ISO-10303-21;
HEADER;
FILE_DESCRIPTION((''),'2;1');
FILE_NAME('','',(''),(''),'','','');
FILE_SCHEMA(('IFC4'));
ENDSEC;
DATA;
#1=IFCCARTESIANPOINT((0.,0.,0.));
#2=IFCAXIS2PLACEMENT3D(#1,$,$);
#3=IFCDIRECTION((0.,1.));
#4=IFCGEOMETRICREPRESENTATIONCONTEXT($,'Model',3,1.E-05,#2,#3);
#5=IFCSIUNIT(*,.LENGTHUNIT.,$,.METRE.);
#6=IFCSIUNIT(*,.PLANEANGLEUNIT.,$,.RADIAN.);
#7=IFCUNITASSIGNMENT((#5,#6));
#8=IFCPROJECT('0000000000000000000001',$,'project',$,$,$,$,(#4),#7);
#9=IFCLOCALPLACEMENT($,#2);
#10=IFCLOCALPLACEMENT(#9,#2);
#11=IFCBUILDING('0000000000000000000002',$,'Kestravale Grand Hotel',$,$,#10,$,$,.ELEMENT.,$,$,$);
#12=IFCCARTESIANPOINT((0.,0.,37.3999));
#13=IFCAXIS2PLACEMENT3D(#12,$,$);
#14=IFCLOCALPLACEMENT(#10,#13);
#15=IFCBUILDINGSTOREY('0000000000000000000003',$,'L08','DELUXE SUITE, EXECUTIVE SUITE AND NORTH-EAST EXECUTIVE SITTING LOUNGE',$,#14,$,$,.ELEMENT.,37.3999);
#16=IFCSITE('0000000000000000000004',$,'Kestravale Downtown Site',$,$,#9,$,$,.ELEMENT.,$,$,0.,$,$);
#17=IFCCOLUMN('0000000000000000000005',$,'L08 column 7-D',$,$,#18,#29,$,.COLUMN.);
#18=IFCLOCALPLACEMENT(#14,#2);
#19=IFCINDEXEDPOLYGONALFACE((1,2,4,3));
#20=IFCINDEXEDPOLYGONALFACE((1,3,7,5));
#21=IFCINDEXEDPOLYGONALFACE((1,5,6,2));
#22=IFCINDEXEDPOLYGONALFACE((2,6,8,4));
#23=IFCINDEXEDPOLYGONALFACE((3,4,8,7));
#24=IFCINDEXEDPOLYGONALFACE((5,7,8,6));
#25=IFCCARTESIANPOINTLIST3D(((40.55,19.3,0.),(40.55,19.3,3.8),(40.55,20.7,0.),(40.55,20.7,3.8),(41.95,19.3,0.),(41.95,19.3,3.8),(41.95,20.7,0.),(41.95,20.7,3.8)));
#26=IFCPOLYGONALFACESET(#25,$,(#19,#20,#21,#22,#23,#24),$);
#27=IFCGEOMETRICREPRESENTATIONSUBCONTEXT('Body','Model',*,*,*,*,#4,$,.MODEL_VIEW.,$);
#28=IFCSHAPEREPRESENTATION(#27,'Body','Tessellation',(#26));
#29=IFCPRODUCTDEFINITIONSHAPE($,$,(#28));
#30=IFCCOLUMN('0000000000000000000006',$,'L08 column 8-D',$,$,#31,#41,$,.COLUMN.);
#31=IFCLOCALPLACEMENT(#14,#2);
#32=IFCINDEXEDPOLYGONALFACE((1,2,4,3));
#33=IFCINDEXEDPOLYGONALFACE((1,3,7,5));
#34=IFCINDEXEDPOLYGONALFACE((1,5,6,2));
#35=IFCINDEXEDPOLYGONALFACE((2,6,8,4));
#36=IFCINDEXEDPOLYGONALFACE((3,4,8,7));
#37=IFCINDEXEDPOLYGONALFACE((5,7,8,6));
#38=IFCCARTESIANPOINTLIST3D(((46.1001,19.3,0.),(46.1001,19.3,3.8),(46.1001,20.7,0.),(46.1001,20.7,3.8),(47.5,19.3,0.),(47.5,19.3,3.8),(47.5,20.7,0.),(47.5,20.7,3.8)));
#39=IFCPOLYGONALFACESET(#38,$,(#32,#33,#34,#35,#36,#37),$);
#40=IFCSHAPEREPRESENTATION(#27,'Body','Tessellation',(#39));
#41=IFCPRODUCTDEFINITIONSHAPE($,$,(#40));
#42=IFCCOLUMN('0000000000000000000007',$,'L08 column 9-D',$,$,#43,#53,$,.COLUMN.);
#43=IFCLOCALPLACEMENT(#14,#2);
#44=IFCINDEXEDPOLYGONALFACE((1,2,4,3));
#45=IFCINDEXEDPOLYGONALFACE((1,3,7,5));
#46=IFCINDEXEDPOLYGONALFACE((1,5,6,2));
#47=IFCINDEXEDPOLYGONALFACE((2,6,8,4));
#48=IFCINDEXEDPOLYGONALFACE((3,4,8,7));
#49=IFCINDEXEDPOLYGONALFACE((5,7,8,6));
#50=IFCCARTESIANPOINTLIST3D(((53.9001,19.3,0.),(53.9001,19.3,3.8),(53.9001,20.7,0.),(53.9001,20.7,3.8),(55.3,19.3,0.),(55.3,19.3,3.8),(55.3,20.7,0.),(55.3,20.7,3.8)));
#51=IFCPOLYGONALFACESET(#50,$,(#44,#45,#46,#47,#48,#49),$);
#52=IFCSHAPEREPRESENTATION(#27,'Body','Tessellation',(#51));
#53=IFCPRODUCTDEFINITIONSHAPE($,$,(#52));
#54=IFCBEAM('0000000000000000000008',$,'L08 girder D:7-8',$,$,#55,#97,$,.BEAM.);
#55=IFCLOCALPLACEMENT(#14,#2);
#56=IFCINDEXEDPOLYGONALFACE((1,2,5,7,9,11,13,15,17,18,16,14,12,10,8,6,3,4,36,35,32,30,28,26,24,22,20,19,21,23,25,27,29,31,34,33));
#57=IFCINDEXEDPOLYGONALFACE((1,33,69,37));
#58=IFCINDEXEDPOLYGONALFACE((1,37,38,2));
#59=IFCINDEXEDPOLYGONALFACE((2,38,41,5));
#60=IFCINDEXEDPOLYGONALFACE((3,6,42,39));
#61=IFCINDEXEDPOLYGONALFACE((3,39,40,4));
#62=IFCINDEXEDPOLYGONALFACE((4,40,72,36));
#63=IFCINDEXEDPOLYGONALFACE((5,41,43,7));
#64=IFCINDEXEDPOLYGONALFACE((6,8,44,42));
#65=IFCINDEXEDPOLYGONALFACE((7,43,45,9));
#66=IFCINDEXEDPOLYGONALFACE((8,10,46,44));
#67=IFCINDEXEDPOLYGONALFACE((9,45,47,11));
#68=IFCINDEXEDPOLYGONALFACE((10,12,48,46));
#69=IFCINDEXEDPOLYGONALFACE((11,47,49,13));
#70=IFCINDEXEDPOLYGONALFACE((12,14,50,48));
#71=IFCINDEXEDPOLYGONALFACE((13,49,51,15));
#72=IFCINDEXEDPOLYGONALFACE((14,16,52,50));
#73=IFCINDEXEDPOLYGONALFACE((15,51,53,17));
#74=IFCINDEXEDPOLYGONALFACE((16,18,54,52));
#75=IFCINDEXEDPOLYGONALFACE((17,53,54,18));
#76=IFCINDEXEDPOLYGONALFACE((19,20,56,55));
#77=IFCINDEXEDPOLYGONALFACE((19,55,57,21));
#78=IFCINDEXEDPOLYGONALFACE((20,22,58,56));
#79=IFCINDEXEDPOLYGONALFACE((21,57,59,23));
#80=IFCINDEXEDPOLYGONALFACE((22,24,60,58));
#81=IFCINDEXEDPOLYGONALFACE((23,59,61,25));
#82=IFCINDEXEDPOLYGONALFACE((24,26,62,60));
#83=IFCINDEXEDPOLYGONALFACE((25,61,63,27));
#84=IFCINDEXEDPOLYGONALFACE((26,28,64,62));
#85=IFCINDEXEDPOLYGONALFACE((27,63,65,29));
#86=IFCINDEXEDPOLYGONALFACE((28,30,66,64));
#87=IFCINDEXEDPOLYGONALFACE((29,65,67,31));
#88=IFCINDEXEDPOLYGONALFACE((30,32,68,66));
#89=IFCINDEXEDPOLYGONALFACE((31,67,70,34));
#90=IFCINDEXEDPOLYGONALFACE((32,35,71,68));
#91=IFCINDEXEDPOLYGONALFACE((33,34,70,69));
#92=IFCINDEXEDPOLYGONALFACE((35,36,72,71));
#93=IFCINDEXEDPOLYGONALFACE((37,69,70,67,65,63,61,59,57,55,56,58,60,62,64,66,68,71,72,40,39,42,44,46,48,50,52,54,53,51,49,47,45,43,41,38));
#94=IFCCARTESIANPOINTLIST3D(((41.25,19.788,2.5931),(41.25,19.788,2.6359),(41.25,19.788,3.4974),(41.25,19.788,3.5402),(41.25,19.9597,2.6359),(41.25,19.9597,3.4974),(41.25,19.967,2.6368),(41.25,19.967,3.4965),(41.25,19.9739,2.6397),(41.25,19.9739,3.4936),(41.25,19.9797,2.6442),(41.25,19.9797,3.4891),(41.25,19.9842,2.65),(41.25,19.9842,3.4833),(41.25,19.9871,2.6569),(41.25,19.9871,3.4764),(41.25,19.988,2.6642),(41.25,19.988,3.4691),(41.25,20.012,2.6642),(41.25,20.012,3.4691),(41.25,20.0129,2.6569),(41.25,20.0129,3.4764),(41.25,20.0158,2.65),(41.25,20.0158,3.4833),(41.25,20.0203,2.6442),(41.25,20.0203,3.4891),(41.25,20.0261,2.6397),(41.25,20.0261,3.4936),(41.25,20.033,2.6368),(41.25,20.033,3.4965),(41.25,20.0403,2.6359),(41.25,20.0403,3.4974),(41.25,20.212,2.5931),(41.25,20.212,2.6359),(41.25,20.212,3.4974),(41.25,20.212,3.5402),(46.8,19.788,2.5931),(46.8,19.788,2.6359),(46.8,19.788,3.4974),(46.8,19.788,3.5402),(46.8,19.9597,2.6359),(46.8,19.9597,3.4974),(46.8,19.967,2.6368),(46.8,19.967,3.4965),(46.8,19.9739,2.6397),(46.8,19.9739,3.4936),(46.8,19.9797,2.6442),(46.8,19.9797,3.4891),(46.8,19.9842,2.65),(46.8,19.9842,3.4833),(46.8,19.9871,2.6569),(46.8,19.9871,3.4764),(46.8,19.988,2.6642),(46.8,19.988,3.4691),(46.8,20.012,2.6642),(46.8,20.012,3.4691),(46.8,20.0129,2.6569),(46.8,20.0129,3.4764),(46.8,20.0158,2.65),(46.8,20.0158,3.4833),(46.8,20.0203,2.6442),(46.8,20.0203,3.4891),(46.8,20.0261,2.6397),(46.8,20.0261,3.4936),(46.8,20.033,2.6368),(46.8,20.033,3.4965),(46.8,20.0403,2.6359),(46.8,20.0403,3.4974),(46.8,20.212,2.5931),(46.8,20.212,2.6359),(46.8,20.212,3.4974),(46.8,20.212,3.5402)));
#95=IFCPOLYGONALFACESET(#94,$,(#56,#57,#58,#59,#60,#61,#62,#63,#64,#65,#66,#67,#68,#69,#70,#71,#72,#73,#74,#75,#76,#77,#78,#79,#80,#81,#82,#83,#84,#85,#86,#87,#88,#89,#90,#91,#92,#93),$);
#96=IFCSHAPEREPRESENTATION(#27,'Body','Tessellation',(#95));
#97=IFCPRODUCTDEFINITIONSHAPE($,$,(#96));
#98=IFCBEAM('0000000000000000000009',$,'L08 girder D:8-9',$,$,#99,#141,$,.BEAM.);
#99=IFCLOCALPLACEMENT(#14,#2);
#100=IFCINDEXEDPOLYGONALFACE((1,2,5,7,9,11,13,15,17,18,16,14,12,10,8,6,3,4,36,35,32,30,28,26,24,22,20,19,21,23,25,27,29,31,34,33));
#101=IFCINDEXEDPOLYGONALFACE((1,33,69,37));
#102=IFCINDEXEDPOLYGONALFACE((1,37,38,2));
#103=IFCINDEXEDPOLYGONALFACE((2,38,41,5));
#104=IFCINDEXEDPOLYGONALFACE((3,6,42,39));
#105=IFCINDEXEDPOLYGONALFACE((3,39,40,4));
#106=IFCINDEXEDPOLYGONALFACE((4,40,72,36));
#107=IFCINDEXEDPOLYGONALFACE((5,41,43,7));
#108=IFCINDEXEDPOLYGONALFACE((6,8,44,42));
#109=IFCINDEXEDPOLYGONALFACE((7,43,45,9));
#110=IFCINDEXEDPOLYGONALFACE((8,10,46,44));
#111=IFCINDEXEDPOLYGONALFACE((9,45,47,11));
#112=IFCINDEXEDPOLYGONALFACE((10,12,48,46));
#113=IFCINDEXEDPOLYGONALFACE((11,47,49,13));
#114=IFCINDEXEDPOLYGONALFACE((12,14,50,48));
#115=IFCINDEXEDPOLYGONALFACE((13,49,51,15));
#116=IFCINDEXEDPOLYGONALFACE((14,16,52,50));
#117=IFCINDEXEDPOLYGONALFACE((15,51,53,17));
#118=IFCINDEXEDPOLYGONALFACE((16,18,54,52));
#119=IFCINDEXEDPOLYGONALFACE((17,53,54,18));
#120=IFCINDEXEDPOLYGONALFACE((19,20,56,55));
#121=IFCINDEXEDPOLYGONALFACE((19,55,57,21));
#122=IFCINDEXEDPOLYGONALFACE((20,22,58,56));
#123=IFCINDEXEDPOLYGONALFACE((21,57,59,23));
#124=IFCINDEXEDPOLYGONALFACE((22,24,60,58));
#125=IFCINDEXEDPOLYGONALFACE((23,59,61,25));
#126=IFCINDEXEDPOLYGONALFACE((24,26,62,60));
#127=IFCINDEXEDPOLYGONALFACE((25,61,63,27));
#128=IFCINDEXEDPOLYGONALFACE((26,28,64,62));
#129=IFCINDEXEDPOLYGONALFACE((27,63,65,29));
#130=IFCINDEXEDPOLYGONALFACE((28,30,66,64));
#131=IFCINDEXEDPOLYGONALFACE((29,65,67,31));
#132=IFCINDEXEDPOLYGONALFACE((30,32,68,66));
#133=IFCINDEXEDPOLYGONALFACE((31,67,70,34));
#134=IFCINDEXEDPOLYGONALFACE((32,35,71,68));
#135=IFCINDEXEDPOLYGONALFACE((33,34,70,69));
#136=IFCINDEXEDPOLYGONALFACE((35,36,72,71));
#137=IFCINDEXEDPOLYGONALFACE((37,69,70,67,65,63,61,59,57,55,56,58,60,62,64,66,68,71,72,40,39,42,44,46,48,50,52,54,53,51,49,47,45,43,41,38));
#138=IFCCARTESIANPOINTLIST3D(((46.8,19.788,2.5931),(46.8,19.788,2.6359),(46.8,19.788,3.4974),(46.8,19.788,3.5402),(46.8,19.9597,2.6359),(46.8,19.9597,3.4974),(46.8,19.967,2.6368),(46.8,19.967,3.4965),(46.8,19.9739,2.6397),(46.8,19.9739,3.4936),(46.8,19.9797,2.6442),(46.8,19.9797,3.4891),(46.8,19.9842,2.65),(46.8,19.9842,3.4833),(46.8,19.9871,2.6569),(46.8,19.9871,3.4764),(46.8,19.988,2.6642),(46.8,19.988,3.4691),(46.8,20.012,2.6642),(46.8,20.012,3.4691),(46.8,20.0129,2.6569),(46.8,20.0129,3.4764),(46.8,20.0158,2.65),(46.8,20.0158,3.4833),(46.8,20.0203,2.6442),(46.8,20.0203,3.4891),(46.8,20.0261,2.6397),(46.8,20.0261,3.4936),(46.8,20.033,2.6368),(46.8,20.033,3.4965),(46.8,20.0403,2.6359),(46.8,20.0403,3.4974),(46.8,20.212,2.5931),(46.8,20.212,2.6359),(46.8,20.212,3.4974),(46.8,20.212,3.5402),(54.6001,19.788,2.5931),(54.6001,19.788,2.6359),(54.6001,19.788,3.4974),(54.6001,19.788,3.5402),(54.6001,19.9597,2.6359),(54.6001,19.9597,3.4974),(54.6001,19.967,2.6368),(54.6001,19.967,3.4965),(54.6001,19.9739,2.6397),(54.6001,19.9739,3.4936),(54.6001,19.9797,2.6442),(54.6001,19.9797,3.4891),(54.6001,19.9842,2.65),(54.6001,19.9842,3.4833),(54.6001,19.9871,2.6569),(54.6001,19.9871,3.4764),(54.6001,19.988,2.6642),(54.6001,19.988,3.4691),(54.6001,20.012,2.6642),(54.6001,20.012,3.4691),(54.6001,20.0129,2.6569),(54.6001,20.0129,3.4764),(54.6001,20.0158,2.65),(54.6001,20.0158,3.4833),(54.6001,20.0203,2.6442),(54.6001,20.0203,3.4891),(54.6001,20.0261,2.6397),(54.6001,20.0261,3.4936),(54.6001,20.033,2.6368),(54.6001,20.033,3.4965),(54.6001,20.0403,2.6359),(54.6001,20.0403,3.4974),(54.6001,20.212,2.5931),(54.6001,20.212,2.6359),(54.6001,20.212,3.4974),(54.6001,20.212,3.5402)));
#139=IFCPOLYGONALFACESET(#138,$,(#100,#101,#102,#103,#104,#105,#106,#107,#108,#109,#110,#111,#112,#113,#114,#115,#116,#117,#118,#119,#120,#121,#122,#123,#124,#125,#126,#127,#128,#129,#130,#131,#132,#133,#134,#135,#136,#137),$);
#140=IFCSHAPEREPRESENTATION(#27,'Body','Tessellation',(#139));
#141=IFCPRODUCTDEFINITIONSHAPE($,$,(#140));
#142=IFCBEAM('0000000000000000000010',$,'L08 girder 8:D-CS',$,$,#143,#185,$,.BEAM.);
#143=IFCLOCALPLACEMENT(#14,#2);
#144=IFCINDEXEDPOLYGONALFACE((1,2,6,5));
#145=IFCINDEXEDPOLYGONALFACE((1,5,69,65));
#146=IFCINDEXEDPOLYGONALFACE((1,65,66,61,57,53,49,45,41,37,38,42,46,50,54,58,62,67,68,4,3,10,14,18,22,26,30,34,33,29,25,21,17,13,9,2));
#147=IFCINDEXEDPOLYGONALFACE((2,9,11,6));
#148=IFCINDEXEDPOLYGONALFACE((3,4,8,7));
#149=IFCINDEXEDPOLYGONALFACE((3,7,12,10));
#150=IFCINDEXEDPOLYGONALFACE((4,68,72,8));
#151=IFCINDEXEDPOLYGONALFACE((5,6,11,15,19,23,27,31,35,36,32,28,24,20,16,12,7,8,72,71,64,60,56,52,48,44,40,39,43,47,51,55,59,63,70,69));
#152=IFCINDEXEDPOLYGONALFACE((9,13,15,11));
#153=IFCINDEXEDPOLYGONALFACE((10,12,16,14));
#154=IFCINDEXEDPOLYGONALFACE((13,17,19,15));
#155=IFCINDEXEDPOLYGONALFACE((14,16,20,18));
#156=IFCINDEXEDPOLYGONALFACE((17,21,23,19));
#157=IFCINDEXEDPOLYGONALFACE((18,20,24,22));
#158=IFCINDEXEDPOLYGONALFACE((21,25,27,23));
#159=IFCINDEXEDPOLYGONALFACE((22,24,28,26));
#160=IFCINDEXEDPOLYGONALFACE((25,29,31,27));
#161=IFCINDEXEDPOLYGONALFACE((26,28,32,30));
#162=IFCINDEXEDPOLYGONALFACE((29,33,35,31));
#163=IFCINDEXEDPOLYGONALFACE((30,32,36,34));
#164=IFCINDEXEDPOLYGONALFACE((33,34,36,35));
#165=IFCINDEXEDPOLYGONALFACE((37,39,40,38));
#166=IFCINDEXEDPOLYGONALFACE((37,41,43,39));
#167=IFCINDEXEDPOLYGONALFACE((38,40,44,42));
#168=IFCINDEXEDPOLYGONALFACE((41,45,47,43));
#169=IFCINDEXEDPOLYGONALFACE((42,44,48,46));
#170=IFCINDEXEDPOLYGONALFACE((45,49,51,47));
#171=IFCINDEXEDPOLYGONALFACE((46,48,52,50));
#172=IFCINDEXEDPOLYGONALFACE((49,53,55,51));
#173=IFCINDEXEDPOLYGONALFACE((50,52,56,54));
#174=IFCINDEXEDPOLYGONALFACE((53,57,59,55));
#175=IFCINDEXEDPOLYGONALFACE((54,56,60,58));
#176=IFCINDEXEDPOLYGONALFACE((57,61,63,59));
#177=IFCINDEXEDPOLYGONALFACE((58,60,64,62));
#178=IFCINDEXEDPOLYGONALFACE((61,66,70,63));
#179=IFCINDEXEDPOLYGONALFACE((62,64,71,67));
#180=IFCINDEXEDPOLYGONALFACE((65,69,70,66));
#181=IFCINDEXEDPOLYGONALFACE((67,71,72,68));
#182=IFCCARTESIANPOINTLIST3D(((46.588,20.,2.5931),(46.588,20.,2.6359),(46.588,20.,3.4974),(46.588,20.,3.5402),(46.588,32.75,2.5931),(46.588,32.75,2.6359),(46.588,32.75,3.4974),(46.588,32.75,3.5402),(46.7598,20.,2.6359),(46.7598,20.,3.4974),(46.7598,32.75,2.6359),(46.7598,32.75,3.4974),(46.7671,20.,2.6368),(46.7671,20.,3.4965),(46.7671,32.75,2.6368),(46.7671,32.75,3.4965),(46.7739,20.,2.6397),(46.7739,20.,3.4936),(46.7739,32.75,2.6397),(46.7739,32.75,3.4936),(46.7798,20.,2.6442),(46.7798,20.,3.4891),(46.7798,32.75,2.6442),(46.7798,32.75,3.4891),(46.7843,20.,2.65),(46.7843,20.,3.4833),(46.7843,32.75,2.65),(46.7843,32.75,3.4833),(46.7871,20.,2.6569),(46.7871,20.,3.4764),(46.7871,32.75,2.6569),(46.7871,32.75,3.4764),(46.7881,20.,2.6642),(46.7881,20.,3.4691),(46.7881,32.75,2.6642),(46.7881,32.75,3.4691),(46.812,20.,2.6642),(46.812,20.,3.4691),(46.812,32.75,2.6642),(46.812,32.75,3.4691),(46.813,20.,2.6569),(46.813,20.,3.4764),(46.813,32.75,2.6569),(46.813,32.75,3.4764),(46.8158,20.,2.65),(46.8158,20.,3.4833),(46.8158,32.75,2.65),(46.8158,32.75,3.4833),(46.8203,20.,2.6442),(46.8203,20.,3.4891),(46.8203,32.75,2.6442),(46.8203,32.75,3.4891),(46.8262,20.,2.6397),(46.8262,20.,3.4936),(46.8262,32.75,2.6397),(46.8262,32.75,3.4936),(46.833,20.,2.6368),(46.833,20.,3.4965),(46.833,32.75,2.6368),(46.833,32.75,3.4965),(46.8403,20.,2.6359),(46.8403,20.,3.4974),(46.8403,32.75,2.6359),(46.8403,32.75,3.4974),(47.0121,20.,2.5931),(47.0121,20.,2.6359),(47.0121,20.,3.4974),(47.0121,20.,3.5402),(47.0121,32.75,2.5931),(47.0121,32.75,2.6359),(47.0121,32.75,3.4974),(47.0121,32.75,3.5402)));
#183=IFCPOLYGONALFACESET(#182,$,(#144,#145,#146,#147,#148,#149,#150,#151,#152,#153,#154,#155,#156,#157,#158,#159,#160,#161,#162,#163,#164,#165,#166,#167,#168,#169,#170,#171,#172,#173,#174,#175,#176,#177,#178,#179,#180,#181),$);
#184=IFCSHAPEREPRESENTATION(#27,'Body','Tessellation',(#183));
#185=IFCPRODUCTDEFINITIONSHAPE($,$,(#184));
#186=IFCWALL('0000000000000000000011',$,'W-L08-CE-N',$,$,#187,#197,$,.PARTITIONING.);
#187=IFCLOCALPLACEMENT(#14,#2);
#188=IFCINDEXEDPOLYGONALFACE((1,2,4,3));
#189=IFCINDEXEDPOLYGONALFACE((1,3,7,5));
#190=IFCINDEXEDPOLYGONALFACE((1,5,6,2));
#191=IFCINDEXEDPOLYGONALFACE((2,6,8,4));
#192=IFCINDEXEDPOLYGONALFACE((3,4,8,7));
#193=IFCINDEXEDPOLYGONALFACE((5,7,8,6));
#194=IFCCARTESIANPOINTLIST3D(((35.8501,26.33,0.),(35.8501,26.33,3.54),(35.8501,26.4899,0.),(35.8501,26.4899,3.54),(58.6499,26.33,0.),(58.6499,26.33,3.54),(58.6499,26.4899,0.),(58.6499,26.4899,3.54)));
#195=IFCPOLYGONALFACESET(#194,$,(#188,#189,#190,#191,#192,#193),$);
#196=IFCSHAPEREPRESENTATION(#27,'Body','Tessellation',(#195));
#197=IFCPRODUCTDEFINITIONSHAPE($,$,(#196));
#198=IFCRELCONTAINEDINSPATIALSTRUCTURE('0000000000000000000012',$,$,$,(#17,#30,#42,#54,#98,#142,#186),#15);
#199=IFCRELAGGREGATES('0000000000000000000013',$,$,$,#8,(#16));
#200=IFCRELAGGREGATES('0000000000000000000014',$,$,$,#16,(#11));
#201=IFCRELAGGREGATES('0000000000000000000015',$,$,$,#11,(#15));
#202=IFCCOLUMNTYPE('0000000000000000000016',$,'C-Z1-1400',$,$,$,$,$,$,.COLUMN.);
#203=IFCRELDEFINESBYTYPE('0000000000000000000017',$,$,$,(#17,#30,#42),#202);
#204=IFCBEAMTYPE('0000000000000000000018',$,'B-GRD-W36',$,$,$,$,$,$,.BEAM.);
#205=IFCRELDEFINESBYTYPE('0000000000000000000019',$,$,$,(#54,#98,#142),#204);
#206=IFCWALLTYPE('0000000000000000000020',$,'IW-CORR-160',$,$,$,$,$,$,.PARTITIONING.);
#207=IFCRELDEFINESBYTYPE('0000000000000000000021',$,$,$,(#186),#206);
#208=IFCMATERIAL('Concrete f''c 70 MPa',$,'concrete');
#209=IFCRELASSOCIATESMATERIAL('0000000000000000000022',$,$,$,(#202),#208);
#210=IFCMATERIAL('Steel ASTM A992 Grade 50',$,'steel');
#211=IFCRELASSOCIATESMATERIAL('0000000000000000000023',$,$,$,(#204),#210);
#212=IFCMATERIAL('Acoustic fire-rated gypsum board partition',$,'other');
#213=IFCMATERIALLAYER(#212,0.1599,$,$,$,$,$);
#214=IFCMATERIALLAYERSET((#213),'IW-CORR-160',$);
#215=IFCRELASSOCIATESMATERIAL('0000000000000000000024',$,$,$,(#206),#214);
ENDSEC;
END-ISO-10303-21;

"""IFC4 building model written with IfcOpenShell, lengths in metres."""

from ifc_helpers import new_model, si_unit, direction, frame, frame_2d, origin, origin_2d, place, context, subcontext, project, spatial, rectangle, i_section, extrude, material, layer, layer_set, material_profile, profile_set, type_object, element, save


model = new_model("IFC4")

# Units and contexts
model_context = context("Model", 3, precision=1e-05, world=origin(), true_north=direction((0.0, 1.0)))
body_context = subcontext(model_context, "Body", "Model", "MODEL_VIEW")
ifc_project = project(units=[si_unit("LENGTHUNIT", "METRE"), si_unit("PLANEANGLEUNIT", "RADIAN")], contexts=[model_context])

# Site, building, storey
site_placement = place(None, origin())
site = spatial("IfcSite", under=ifc_project, at=site_placement, Name="Kestravale Downtown Site", CompositionType="ELEMENT", RefElevation=0.0)
building_placement = place(site_placement, origin())
building = spatial("IfcBuilding", under=site, at=building_placement, Name="Kestravale Grand Hotel", CompositionType="ELEMENT")
storey_placement = place(building_placement, frame((0.0, 0.0, 37.3999)))
storey = spatial("IfcBuildingStorey", under=building, at=storey_placement, Name="L08", Description="DELUXE SUITE, EXECUTIVE SUITE AND NORTH-EAST EXECUTIVE SITTING LOUNGE", CompositionType="ELEMENT", Elevation=37.3999)

# Columns
ifc_material_1 = material(Name="Concrete f'c 70 MPa", Category="concrete")
ifc_material_profile_1 = material_profile(ifc_material_1, rectangle(XDim=1.3999, YDim=1.3999, at=origin_2d()))
ifc_profile_set_1 = profile_set([ifc_material_profile_1], Name="Concrete f'c 70 MPa")
column_type = type_object("IfcColumnType", Name="C-Z1-1400", PredefinedType="COLUMN", material=ifc_profile_set_1)
for number, where, z_axis, x_axis, name in (
    (1, (41.25, 20.0, 0.0), (0.0, 0.0, 1.0), (1.0, 0.0, 0.0), "L08 column 7-D"),
    (2, (46.8, 20.0, 0.0), (0.0, 0.0, 1.0), (1.0, 0.0, 0.0), "L08 column 8-D"),
    (3, (54.6001, 20.0, 0.0), (0.0, 0.0, 1.0), (1.0, 0.0, 0.0), "L08 column 9-D"),
):
    element("IfcColumn", number, at=place(storey_placement, frame(where, z_axis=z_axis, x_axis=x_axis)), inside=storey, type_object=column_type, Name=name, PredefinedType="COLUMN", context=body_context, shape_type="SweptSolid", body=[
        extrude(rectangle(XDim=1.3999, YDim=1.3999, at=origin_2d()), origin(), (0.0, 0.0, 1.0), 3.8),
    ])

# Beams
ifc_material_2 = material(Name="Steel ASTM A992 Grade 50", Category="steel")
ifc_material_profile_2 = material_profile(ifc_material_2, i_section(OverallWidth=0.4241, OverallDepth=0.947, WebThickness=0.0239, FlangeThickness=0.0427, FilletRadius=0.0283, at=origin_2d()))
ifc_profile_set_2 = profile_set([ifc_material_profile_2], Name="Steel ASTM A992 Grade 50")
beam_type = type_object("IfcBeamType", Name="B-GRD-W36", PredefinedType="BEAM", material=ifc_profile_set_2)
beam_1_placement = place(storey_placement, frame((41.25, 20.0, 3.0667), z_axis=(1.0, 0.0, 0.0), x_axis=(0.0, 1.0, 0.0)))
element("IfcBeam", 4, at=beam_1_placement, inside=storey, type_object=beam_type, Name="L08 girder D:7-8", PredefinedType="BEAM", context=body_context, shape_type="SweptSolid", body=[
    extrude(i_section(OverallWidth=0.4241, OverallDepth=0.947, WebThickness=0.0239, FlangeThickness=0.0427, FilletRadius=0.0283, at=origin_2d()), origin(), (0.0, 0.0, 1.0), 5.55),
])
beam_2_placement = place(storey_placement, frame((46.8, 20.0, 3.0667), z_axis=(1.0, 0.0, 0.0), x_axis=(0.0, 1.0, 0.0)))
element("IfcBeam", 5, at=beam_2_placement, inside=storey, type_object=beam_type, Name="L08 girder D:8-9", PredefinedType="BEAM", context=body_context, shape_type="SweptSolid", body=[
    extrude(i_section(OverallWidth=0.4241, OverallDepth=0.947, WebThickness=0.0239, FlangeThickness=0.0427, FilletRadius=0.0283, at=origin_2d()), origin(), (0.0, 0.0, 1.0), 7.8),
])
beam_3_placement = place(storey_placement, frame((46.8, 20.0, 3.0667), z_axis=(0.0, 1.0, 0.0), x_axis=(-1.0, 0.0, 0.0)))
element("IfcBeam", 6, at=beam_3_placement, inside=storey, type_object=beam_type, Name="L08 girder 8:D-CS", PredefinedType="BEAM", context=body_context, shape_type="SweptSolid", body=[
    extrude(i_section(OverallWidth=0.4241, OverallDepth=0.947, WebThickness=0.0239, FlangeThickness=0.0427, FilletRadius=0.0283, at=origin_2d()), origin(), (0.0, 0.0, 1.0), 12.75),
])

# Wall
ifc_material_3 = material(Name="Acoustic fire-rated gypsum board partition", Category="other")
ifc_layer_1 = layer(ifc_material_3, 0.1599)
ifc_layer_set_1 = layer_set([ifc_layer_1], Name="IW-CORR-160")
wall_type_1 = type_object("IfcWallType", Name="IW-CORR-160", PredefinedType="PARTITIONING", material=ifc_layer_set_1)
wall_1_placement = place(storey_placement, frame((35.8501, 26.4099, 0.0), z_axis=(0.0, 0.0, 1.0), x_axis=(1.0, 0.0, 0.0)))
element("IfcWall", 7, at=wall_1_placement, inside=storey, type_object=wall_type_1, Name="W-L08-CE-N", PredefinedType="PARTITIONING", context=body_context, shape_type="SweptSolid", body=[
    extrude(rectangle(XDim=22.7998, YDim=0.1599, at=frame_2d((11.3999, 0.0))), origin(), (0.0, 0.0, 1.0), 3.54),
])

save(model, "model.ifc")
